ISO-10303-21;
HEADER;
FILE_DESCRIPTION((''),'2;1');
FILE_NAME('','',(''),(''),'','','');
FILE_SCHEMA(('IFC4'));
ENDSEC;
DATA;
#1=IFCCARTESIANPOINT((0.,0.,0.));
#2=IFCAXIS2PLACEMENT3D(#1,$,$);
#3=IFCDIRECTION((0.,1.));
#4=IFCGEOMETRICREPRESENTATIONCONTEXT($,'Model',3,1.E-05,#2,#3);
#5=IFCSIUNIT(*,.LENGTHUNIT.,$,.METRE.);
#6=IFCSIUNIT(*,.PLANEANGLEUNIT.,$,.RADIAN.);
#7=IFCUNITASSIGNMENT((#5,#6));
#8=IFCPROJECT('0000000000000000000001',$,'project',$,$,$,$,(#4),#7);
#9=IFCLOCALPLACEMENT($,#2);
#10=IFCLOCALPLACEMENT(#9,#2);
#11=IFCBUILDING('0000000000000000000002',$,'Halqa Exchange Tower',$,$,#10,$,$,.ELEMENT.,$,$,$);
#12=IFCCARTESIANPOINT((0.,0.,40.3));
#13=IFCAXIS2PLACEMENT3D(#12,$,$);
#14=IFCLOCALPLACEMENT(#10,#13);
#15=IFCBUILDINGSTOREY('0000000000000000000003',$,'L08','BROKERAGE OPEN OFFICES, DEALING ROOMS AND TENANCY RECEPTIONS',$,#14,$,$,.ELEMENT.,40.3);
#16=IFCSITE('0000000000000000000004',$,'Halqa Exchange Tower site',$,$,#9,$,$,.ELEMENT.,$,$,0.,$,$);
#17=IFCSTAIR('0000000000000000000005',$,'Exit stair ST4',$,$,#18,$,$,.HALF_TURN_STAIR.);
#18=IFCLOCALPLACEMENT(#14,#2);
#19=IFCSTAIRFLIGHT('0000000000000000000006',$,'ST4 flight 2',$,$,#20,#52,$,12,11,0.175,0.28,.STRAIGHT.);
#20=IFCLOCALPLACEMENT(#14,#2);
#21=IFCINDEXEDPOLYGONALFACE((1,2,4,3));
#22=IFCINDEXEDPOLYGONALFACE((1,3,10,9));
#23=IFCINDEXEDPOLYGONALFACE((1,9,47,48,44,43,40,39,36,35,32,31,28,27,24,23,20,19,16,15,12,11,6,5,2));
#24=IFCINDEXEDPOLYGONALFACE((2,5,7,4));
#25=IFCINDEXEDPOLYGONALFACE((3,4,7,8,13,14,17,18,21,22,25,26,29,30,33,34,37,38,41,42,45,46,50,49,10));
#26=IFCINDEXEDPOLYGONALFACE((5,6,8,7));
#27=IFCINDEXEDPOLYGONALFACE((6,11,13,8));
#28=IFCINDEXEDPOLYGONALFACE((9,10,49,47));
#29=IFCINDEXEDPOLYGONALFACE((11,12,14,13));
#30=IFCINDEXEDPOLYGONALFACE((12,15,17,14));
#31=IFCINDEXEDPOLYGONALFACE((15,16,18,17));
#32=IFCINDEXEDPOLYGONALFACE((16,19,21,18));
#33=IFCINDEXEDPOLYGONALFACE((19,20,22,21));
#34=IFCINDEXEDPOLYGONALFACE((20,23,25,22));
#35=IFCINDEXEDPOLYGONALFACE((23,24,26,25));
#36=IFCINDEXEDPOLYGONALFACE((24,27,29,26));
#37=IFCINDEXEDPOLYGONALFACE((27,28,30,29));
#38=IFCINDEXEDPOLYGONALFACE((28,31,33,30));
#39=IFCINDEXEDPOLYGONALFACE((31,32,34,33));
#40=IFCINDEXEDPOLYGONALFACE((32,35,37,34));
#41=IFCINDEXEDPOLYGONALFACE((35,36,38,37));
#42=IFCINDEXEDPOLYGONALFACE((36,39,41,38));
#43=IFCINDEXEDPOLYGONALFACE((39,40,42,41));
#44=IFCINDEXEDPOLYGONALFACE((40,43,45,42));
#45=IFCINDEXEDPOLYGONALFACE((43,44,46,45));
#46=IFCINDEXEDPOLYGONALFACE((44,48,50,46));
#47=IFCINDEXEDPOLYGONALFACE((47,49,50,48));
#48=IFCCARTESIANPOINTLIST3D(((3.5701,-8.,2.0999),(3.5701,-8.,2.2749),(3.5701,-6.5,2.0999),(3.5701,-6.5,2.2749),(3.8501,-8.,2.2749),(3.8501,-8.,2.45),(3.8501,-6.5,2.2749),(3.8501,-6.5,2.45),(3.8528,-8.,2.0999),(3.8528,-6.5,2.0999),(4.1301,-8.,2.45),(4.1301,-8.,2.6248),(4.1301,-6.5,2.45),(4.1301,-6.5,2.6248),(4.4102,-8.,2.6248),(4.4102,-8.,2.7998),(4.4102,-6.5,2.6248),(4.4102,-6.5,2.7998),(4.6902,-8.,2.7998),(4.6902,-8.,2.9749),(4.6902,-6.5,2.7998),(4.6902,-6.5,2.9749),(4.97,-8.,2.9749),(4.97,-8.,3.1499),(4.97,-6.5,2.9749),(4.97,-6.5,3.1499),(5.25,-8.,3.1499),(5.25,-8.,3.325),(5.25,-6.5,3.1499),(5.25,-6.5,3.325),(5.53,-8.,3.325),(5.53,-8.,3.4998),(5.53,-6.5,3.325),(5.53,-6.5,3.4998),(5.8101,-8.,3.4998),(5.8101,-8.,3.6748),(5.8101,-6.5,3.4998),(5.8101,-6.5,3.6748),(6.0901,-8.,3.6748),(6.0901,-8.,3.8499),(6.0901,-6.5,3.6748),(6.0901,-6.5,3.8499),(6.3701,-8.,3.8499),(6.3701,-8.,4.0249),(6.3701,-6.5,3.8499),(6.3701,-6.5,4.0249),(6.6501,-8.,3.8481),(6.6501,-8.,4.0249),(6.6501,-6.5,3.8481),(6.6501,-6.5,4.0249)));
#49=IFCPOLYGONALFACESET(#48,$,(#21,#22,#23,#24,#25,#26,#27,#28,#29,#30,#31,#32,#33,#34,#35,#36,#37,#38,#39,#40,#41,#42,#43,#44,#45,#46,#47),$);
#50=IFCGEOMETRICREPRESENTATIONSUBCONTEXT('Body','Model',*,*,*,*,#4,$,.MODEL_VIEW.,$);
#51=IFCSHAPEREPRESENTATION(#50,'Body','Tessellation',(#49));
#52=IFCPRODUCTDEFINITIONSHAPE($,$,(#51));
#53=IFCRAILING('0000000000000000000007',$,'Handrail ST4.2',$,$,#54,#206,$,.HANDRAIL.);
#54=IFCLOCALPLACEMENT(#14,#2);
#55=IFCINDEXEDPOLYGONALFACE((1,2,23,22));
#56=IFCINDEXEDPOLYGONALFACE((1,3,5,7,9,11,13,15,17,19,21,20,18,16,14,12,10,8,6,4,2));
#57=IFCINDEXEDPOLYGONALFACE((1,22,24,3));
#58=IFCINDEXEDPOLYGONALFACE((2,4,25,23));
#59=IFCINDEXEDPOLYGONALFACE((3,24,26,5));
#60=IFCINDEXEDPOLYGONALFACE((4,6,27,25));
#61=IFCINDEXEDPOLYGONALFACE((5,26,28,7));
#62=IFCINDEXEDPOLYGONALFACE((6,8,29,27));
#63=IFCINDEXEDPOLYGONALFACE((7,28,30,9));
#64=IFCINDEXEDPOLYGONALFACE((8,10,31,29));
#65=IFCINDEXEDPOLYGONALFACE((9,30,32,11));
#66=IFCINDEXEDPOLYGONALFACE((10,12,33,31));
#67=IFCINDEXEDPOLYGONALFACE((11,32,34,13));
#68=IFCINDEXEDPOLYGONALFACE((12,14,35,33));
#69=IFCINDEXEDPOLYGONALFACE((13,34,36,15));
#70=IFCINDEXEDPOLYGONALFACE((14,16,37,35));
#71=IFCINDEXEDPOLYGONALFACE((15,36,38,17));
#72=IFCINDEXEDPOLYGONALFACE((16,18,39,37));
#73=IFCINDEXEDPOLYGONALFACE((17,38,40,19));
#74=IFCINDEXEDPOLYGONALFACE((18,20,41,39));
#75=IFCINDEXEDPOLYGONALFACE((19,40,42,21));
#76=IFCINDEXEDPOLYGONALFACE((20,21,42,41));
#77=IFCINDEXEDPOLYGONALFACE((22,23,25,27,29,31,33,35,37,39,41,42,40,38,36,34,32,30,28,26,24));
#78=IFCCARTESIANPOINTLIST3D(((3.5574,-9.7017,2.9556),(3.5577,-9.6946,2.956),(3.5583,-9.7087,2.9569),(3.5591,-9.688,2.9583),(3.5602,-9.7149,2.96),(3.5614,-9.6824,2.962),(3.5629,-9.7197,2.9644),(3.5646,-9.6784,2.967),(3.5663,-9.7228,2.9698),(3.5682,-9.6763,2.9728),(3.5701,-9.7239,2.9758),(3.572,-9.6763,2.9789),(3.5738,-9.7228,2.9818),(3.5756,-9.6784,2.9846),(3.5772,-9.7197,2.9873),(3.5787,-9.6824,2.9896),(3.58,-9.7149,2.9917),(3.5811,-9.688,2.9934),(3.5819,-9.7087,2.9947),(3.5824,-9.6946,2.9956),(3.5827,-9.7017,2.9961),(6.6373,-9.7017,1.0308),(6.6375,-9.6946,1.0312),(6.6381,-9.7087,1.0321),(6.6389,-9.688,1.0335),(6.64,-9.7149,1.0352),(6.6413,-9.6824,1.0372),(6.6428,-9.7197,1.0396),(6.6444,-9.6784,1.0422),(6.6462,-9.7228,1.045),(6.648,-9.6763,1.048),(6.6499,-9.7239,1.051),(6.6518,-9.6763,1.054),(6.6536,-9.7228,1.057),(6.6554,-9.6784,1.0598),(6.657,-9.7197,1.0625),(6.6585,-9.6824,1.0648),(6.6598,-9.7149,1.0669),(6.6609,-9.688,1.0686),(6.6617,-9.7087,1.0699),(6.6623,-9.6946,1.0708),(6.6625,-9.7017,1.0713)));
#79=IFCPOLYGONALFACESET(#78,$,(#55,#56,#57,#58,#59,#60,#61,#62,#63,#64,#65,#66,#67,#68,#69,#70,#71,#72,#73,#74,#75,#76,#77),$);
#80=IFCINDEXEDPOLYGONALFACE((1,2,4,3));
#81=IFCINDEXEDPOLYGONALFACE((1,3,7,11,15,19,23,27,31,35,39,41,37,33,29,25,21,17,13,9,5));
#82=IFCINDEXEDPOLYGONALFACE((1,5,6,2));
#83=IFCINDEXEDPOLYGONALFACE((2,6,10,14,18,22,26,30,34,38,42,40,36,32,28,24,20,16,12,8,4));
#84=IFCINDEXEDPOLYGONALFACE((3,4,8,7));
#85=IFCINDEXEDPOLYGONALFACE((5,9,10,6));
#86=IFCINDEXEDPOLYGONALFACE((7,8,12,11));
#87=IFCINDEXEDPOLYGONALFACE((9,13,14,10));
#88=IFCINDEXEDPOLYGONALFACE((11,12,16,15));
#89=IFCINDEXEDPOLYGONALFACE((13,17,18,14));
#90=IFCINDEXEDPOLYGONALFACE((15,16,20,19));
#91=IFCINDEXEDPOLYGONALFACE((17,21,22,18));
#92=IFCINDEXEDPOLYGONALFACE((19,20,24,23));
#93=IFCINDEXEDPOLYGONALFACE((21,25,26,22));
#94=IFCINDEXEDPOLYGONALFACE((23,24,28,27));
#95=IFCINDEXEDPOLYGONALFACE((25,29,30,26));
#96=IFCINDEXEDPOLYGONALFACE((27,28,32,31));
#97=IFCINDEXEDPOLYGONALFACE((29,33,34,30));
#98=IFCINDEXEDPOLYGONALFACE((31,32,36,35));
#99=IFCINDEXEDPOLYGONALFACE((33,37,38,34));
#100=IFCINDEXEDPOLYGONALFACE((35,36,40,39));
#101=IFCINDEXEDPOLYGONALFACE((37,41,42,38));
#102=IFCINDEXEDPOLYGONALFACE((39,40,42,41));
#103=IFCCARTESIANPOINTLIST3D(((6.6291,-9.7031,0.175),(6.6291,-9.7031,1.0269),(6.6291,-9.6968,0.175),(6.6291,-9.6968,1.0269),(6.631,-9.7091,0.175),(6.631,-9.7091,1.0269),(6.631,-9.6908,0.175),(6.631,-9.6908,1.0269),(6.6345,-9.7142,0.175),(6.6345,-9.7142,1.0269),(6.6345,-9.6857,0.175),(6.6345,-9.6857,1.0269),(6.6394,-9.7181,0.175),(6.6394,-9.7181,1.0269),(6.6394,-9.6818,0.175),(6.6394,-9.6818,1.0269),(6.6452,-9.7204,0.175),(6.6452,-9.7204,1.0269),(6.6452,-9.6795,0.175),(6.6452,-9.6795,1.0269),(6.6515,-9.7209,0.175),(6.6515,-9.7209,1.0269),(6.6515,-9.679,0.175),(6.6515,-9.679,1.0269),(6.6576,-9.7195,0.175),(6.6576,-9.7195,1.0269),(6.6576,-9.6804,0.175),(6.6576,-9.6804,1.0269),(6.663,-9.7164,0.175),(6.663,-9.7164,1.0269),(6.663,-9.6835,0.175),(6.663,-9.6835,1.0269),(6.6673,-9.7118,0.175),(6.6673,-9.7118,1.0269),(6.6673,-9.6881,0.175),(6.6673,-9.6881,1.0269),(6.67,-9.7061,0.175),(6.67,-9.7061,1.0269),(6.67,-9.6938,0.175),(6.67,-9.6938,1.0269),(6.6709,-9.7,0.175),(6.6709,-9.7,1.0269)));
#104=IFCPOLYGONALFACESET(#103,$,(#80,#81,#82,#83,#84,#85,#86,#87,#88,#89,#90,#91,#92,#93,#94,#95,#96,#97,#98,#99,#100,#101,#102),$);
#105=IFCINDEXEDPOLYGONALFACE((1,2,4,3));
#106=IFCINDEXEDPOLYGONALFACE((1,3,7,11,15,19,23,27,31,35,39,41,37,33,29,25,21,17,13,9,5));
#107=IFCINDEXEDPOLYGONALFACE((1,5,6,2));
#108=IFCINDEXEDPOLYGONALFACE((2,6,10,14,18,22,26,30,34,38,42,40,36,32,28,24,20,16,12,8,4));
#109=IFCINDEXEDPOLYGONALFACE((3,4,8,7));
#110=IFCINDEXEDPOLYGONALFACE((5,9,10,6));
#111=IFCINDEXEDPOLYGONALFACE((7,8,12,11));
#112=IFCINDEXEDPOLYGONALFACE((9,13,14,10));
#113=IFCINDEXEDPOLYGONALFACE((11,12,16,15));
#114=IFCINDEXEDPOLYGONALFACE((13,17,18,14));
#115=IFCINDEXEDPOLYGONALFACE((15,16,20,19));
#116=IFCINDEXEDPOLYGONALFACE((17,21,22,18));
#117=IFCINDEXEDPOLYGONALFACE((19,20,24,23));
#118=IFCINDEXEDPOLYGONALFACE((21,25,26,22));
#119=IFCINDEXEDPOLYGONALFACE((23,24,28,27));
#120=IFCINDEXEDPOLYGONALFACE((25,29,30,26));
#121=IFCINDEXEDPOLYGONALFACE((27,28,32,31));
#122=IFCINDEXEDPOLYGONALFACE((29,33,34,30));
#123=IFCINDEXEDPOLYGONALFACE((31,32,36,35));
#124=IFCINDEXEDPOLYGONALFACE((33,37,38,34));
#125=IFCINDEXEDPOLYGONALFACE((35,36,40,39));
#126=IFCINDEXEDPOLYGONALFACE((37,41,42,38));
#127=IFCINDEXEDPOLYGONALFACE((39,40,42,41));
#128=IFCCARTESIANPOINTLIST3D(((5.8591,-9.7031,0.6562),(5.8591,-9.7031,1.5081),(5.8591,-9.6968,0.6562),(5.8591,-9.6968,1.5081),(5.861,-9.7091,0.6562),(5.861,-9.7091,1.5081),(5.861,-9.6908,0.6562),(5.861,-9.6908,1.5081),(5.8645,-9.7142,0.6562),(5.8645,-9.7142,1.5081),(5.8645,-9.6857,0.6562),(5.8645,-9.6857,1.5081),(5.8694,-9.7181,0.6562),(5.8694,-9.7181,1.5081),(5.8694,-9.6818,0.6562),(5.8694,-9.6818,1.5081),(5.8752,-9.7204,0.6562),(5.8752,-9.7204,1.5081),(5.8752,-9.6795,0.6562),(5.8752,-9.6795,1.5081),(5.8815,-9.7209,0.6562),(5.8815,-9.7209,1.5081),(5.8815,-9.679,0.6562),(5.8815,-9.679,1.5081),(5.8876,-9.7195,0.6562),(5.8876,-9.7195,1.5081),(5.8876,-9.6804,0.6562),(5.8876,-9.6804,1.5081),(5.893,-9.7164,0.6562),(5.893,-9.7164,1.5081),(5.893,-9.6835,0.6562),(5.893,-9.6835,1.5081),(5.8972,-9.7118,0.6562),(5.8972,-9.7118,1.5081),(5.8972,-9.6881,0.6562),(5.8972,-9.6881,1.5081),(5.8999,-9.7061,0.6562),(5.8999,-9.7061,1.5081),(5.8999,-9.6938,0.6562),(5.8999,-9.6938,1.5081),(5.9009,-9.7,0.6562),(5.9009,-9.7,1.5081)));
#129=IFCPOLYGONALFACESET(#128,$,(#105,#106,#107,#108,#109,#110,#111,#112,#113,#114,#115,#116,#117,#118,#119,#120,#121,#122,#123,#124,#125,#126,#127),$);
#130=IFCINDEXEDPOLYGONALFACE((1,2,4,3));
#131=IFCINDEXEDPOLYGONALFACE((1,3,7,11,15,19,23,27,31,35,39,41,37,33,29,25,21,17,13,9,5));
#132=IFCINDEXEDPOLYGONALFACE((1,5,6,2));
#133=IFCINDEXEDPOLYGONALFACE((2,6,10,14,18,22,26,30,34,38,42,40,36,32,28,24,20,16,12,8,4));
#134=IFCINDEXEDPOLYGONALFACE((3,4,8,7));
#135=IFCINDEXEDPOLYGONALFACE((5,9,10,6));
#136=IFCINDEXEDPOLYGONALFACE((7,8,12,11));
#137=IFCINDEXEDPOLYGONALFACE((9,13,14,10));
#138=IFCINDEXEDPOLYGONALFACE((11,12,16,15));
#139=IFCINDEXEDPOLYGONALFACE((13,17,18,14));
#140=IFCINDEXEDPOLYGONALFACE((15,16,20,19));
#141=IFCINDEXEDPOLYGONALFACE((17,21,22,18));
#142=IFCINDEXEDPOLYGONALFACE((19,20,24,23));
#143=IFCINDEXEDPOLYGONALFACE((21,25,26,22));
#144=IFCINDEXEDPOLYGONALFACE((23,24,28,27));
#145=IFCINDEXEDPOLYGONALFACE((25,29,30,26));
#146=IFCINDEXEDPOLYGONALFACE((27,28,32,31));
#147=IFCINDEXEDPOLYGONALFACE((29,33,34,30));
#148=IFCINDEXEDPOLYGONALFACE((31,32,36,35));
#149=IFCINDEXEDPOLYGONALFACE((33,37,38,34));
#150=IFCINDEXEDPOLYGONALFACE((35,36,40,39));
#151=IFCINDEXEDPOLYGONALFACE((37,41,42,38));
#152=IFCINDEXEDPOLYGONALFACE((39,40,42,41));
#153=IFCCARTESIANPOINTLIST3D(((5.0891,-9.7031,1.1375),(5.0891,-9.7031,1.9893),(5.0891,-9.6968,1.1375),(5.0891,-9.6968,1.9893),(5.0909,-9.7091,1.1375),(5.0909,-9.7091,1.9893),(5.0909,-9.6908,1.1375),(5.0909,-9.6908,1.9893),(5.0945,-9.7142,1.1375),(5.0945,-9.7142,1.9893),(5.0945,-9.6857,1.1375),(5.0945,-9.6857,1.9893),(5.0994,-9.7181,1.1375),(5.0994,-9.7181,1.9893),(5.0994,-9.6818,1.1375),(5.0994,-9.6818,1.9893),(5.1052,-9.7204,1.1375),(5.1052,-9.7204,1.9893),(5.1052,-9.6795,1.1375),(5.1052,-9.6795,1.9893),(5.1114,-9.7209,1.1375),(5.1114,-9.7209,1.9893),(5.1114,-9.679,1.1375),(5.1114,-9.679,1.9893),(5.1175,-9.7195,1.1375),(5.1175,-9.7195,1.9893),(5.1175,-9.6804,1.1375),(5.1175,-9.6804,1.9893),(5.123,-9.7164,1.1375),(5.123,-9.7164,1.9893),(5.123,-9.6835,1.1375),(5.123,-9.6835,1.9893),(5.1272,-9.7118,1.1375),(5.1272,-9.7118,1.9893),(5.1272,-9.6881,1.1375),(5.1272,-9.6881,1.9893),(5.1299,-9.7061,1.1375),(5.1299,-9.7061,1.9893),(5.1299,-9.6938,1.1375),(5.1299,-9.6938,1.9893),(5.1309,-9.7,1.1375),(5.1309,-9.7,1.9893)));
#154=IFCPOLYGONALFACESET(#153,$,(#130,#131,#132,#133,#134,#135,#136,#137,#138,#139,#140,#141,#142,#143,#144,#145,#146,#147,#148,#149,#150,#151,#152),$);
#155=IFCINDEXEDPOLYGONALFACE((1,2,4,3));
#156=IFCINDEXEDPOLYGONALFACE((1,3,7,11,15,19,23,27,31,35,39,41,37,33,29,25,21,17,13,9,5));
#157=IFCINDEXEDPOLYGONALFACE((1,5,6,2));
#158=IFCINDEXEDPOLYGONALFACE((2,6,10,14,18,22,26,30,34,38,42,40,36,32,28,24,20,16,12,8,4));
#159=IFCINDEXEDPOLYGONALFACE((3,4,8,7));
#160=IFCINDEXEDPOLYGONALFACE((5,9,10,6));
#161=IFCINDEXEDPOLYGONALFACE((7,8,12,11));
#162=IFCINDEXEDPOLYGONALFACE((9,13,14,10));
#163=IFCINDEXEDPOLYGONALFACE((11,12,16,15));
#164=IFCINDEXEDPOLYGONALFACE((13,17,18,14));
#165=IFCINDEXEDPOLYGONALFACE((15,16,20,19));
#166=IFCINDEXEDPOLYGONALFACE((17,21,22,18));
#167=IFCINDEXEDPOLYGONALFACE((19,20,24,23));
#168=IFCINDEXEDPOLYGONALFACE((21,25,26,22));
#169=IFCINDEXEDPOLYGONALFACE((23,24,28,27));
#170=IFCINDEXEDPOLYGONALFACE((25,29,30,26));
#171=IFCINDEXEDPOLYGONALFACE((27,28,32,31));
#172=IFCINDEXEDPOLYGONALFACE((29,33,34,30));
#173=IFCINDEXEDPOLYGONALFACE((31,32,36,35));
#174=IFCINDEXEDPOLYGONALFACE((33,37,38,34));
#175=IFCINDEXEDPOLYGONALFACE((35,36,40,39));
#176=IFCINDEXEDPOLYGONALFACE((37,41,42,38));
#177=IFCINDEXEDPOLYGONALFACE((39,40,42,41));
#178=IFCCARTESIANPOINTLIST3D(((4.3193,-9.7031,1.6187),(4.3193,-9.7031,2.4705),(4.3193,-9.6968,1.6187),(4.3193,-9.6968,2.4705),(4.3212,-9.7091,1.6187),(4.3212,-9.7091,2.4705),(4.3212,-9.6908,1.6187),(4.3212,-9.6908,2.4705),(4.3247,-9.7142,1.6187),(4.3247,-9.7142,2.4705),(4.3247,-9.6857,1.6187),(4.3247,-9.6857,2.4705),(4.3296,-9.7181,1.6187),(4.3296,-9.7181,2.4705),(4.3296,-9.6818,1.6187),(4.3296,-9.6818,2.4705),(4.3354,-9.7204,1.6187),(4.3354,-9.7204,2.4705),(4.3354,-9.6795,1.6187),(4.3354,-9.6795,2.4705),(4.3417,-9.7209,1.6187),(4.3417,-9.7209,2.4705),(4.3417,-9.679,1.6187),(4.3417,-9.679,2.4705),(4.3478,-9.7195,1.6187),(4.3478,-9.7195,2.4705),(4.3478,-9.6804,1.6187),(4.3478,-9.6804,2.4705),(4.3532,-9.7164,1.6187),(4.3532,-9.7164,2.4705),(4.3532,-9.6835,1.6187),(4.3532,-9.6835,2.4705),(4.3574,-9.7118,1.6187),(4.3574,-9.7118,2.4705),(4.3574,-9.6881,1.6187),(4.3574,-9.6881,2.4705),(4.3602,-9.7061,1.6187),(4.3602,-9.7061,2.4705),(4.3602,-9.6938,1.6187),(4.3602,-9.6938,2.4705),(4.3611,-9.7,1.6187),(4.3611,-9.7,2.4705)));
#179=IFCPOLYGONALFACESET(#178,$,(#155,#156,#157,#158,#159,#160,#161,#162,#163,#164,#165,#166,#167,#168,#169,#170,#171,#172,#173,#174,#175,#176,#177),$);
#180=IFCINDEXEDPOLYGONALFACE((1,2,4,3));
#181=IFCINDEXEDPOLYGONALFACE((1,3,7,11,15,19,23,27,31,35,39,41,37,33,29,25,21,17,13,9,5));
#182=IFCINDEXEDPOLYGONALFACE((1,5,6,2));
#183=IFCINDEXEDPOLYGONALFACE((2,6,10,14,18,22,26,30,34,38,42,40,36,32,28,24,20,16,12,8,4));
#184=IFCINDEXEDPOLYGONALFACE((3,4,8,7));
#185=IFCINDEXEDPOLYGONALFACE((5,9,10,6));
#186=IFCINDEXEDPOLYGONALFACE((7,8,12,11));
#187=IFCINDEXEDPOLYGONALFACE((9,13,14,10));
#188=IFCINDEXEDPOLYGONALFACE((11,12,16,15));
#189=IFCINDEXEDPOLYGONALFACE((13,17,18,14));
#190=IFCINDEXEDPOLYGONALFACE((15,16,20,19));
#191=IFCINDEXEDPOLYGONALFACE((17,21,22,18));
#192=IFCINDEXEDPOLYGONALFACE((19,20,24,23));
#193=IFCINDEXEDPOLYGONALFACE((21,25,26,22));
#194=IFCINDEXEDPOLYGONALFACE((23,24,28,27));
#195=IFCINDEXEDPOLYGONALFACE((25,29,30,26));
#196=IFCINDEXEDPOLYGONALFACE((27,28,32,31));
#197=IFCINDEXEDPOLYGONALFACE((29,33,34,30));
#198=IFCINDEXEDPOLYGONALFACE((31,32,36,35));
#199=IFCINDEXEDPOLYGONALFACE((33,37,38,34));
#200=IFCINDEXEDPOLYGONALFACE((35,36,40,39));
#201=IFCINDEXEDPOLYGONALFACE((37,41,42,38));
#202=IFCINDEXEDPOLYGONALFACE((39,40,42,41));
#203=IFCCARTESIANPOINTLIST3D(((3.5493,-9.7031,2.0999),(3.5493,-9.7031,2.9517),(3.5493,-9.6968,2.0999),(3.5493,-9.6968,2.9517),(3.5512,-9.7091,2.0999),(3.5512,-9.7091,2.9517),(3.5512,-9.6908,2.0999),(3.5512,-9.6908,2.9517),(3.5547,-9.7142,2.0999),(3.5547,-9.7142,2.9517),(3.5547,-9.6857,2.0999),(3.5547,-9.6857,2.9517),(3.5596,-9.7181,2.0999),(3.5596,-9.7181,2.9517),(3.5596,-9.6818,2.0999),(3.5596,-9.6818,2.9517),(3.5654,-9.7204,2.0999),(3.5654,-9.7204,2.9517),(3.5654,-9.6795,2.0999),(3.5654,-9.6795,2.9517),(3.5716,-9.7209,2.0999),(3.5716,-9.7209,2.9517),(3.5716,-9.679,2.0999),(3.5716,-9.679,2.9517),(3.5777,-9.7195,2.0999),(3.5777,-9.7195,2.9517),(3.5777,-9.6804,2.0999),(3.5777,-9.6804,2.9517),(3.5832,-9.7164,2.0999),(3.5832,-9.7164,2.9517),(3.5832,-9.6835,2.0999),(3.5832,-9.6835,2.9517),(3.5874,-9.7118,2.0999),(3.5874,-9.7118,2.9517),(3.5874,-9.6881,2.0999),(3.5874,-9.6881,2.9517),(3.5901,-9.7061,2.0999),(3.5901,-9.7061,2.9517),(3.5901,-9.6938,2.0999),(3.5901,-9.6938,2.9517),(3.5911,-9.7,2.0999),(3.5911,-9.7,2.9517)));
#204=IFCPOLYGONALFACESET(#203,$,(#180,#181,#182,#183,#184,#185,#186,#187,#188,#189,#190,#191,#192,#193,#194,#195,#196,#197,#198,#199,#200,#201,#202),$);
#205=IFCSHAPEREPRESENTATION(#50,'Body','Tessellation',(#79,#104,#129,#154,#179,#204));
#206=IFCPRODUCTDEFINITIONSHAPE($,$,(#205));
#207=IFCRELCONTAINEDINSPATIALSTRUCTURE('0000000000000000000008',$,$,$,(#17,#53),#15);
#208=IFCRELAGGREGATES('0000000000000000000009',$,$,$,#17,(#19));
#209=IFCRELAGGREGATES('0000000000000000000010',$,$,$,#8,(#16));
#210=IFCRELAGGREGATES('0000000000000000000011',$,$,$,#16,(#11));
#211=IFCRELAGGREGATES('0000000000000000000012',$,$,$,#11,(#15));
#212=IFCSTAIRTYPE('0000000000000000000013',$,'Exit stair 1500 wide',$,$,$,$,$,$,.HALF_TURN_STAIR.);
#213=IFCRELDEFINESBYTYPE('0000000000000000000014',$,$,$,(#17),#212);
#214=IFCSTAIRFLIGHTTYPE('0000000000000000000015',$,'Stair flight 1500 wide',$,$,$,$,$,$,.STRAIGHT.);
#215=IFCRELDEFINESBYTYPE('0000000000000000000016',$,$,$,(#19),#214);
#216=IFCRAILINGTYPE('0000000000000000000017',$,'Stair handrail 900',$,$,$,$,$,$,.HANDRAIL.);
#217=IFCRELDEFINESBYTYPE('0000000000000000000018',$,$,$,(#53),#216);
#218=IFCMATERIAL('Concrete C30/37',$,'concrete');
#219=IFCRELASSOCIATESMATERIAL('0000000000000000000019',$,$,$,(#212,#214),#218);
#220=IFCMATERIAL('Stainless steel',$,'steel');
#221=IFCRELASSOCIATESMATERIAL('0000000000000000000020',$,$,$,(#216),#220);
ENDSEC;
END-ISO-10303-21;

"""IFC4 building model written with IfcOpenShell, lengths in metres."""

from ifc_helpers import new_model, si_unit, direction, frame, origin, origin_2d, place, context, subcontext, project, spatial, polyline, circle, outline, extrude, material, type_object, element, aggregate, save


model = new_model("IFC4")

# Units and contexts
model_context = context("Model", 3, precision=1e-05, world=origin(), true_north=direction((0.0, 1.0)))
body_context = subcontext(model_context, "Body", "Model", "MODEL_VIEW")
ifc_project = project(units=[si_unit("LENGTHUNIT", "METRE"), si_unit("PLANEANGLEUNIT", "RADIAN")], contexts=[model_context])

# Site, building, storey
site_placement = place(None, origin())
site = spatial("IfcSite", under=ifc_project, at=site_placement, Name="Halqa Exchange Tower site", CompositionType="ELEMENT", RefElevation=0.0)
building_placement = place(site_placement, origin())
building = spatial("IfcBuilding", under=site, at=building_placement, Name="Halqa Exchange Tower", CompositionType="ELEMENT")
storey_placement = place(building_placement, frame((0.0, 0.0, 40.3)))
storey = spatial("IfcBuildingStorey", under=building, at=storey_placement, Name="L08", Description="BROKERAGE OPEN OFFICES, DEALING ROOMS AND TENANCY RECEPTIONS", CompositionType="ELEMENT", Elevation=40.3)

# Shared definitions
ifc_material_1 = material(Name="Concrete C30/37", Category="concrete")

# Stair, stair flight
stair_type = type_object("IfcStairType", Name="Exit stair 1500 wide", PredefinedType="HALF_TURN_STAIR", material=ifc_material_1)
stair_placement = place(storey_placement, origin())
stair = element("IfcStair", 1, at=stair_placement, inside=storey, type_object=stair_type, Name="Exit stair ST4", PredefinedType="HALF_TURN_STAIR")
stair_flight_type = type_object("IfcStairFlightType", Name="Stair flight 1500 wide", PredefinedType="STRAIGHT", material=ifc_material_1)
stair_flight_1_placement = place(storey_placement, frame((3.5701, -7.25, 2.0999), z_axis=(0.0, 0.0, 1.0), x_axis=(1.0, 0.0, 0.0)))
stair_flight_1 = element("IfcStairFlight", 2, at=stair_flight_1_placement, type_object=stair_flight_type, Name="ST4 flight 2", NumberOfRisers=12, NumberOfTreads=11, PredefinedType="STRAIGHT", RiserHeight=0.175, TreadLength=0.28, context=body_context, shape_type="SweptSolid", body=[
    extrude(outline(polyline([(0.0, 0.0), (0.0, 0.175), (0.28, 0.175), (0.28, 0.3501), (0.5601, 0.3501), (0.5601, 0.5249), (0.8401, 0.5249), (0.8401, 0.7), (1.1201, 0.7), (1.1201, 0.875), (1.3999, 0.875), (1.3999, 1.05), (1.6799, 1.05), (1.6799, 1.2251), (1.96, 1.2251), (1.96, 1.3999), (2.24, 1.3999), (2.24, 1.575), (2.52, 1.575), (2.52, 1.75), (2.8, 1.75), (2.8, 1.925), (3.0801, 1.925), (3.0801, 2.1001), (3.0801, 1.7483), (0.2827, 0.0), (0.0, 0.0)])), frame((0.0, 0.75, 0.0), z_axis=(0.0, -1.0, 0.0), x_axis=(1.0, 0.0, 0.0)), (0.0, 0.0, 1.0), 1.5),
])
aggregate(stair, [stair_flight_1])

# Railing
ifc_material_2 = material(Name="Stainless steel", Category="steel")
railing_type_1 = type_object("IfcRailingType", Name="Stair handrail 900", PredefinedType="HANDRAIL", material=ifc_material_2)
railing_1_placement = place(storey_placement, frame((6.6499, -9.7, 0.175)))
element("IfcRailing", 3, at=railing_1_placement, inside=storey, type_object=railing_type_1, Name="Handrail ST4.2", PredefinedType="HANDRAIL", context=body_context, shape_type="SweptSolid", body=[
    extrude(circle(Radius=0.0239, at=origin_2d()), frame((0.0, 0.0, 0.876), z_axis=(-0.84801, 0.0, 0.529981), x_axis=(0.0, -1.0, 0.0)), (0.0, 0.0, 1.0), 3.6318),
    extrude(circle(Radius=0.021, at=origin_2d()), origin(), (0.0, 0.0, 1.0), 0.8518),
    extrude(circle(Radius=0.021, at=origin_2d()), frame((-0.77, 0.0, 0.4812)), (0.0, 0.0, 1.0), 0.8518),
    extrude(circle(Radius=0.021, at=origin_2d()), frame((-1.54, 0.0, 0.9624)), (0.0, 0.0, 1.0), 0.8518),
    extrude(circle(Radius=0.021, at=origin_2d()), frame((-2.3098, 0.0, 1.4436)), (0.0, 0.0, 1.0), 0.8518),
    extrude(circle(Radius=0.021, at=origin_2d()), frame((-3.0798, 0.0, 1.9248)), (0.0, 0.0, 1.0), 0.8518),
])

save(model, "model.ifc")
